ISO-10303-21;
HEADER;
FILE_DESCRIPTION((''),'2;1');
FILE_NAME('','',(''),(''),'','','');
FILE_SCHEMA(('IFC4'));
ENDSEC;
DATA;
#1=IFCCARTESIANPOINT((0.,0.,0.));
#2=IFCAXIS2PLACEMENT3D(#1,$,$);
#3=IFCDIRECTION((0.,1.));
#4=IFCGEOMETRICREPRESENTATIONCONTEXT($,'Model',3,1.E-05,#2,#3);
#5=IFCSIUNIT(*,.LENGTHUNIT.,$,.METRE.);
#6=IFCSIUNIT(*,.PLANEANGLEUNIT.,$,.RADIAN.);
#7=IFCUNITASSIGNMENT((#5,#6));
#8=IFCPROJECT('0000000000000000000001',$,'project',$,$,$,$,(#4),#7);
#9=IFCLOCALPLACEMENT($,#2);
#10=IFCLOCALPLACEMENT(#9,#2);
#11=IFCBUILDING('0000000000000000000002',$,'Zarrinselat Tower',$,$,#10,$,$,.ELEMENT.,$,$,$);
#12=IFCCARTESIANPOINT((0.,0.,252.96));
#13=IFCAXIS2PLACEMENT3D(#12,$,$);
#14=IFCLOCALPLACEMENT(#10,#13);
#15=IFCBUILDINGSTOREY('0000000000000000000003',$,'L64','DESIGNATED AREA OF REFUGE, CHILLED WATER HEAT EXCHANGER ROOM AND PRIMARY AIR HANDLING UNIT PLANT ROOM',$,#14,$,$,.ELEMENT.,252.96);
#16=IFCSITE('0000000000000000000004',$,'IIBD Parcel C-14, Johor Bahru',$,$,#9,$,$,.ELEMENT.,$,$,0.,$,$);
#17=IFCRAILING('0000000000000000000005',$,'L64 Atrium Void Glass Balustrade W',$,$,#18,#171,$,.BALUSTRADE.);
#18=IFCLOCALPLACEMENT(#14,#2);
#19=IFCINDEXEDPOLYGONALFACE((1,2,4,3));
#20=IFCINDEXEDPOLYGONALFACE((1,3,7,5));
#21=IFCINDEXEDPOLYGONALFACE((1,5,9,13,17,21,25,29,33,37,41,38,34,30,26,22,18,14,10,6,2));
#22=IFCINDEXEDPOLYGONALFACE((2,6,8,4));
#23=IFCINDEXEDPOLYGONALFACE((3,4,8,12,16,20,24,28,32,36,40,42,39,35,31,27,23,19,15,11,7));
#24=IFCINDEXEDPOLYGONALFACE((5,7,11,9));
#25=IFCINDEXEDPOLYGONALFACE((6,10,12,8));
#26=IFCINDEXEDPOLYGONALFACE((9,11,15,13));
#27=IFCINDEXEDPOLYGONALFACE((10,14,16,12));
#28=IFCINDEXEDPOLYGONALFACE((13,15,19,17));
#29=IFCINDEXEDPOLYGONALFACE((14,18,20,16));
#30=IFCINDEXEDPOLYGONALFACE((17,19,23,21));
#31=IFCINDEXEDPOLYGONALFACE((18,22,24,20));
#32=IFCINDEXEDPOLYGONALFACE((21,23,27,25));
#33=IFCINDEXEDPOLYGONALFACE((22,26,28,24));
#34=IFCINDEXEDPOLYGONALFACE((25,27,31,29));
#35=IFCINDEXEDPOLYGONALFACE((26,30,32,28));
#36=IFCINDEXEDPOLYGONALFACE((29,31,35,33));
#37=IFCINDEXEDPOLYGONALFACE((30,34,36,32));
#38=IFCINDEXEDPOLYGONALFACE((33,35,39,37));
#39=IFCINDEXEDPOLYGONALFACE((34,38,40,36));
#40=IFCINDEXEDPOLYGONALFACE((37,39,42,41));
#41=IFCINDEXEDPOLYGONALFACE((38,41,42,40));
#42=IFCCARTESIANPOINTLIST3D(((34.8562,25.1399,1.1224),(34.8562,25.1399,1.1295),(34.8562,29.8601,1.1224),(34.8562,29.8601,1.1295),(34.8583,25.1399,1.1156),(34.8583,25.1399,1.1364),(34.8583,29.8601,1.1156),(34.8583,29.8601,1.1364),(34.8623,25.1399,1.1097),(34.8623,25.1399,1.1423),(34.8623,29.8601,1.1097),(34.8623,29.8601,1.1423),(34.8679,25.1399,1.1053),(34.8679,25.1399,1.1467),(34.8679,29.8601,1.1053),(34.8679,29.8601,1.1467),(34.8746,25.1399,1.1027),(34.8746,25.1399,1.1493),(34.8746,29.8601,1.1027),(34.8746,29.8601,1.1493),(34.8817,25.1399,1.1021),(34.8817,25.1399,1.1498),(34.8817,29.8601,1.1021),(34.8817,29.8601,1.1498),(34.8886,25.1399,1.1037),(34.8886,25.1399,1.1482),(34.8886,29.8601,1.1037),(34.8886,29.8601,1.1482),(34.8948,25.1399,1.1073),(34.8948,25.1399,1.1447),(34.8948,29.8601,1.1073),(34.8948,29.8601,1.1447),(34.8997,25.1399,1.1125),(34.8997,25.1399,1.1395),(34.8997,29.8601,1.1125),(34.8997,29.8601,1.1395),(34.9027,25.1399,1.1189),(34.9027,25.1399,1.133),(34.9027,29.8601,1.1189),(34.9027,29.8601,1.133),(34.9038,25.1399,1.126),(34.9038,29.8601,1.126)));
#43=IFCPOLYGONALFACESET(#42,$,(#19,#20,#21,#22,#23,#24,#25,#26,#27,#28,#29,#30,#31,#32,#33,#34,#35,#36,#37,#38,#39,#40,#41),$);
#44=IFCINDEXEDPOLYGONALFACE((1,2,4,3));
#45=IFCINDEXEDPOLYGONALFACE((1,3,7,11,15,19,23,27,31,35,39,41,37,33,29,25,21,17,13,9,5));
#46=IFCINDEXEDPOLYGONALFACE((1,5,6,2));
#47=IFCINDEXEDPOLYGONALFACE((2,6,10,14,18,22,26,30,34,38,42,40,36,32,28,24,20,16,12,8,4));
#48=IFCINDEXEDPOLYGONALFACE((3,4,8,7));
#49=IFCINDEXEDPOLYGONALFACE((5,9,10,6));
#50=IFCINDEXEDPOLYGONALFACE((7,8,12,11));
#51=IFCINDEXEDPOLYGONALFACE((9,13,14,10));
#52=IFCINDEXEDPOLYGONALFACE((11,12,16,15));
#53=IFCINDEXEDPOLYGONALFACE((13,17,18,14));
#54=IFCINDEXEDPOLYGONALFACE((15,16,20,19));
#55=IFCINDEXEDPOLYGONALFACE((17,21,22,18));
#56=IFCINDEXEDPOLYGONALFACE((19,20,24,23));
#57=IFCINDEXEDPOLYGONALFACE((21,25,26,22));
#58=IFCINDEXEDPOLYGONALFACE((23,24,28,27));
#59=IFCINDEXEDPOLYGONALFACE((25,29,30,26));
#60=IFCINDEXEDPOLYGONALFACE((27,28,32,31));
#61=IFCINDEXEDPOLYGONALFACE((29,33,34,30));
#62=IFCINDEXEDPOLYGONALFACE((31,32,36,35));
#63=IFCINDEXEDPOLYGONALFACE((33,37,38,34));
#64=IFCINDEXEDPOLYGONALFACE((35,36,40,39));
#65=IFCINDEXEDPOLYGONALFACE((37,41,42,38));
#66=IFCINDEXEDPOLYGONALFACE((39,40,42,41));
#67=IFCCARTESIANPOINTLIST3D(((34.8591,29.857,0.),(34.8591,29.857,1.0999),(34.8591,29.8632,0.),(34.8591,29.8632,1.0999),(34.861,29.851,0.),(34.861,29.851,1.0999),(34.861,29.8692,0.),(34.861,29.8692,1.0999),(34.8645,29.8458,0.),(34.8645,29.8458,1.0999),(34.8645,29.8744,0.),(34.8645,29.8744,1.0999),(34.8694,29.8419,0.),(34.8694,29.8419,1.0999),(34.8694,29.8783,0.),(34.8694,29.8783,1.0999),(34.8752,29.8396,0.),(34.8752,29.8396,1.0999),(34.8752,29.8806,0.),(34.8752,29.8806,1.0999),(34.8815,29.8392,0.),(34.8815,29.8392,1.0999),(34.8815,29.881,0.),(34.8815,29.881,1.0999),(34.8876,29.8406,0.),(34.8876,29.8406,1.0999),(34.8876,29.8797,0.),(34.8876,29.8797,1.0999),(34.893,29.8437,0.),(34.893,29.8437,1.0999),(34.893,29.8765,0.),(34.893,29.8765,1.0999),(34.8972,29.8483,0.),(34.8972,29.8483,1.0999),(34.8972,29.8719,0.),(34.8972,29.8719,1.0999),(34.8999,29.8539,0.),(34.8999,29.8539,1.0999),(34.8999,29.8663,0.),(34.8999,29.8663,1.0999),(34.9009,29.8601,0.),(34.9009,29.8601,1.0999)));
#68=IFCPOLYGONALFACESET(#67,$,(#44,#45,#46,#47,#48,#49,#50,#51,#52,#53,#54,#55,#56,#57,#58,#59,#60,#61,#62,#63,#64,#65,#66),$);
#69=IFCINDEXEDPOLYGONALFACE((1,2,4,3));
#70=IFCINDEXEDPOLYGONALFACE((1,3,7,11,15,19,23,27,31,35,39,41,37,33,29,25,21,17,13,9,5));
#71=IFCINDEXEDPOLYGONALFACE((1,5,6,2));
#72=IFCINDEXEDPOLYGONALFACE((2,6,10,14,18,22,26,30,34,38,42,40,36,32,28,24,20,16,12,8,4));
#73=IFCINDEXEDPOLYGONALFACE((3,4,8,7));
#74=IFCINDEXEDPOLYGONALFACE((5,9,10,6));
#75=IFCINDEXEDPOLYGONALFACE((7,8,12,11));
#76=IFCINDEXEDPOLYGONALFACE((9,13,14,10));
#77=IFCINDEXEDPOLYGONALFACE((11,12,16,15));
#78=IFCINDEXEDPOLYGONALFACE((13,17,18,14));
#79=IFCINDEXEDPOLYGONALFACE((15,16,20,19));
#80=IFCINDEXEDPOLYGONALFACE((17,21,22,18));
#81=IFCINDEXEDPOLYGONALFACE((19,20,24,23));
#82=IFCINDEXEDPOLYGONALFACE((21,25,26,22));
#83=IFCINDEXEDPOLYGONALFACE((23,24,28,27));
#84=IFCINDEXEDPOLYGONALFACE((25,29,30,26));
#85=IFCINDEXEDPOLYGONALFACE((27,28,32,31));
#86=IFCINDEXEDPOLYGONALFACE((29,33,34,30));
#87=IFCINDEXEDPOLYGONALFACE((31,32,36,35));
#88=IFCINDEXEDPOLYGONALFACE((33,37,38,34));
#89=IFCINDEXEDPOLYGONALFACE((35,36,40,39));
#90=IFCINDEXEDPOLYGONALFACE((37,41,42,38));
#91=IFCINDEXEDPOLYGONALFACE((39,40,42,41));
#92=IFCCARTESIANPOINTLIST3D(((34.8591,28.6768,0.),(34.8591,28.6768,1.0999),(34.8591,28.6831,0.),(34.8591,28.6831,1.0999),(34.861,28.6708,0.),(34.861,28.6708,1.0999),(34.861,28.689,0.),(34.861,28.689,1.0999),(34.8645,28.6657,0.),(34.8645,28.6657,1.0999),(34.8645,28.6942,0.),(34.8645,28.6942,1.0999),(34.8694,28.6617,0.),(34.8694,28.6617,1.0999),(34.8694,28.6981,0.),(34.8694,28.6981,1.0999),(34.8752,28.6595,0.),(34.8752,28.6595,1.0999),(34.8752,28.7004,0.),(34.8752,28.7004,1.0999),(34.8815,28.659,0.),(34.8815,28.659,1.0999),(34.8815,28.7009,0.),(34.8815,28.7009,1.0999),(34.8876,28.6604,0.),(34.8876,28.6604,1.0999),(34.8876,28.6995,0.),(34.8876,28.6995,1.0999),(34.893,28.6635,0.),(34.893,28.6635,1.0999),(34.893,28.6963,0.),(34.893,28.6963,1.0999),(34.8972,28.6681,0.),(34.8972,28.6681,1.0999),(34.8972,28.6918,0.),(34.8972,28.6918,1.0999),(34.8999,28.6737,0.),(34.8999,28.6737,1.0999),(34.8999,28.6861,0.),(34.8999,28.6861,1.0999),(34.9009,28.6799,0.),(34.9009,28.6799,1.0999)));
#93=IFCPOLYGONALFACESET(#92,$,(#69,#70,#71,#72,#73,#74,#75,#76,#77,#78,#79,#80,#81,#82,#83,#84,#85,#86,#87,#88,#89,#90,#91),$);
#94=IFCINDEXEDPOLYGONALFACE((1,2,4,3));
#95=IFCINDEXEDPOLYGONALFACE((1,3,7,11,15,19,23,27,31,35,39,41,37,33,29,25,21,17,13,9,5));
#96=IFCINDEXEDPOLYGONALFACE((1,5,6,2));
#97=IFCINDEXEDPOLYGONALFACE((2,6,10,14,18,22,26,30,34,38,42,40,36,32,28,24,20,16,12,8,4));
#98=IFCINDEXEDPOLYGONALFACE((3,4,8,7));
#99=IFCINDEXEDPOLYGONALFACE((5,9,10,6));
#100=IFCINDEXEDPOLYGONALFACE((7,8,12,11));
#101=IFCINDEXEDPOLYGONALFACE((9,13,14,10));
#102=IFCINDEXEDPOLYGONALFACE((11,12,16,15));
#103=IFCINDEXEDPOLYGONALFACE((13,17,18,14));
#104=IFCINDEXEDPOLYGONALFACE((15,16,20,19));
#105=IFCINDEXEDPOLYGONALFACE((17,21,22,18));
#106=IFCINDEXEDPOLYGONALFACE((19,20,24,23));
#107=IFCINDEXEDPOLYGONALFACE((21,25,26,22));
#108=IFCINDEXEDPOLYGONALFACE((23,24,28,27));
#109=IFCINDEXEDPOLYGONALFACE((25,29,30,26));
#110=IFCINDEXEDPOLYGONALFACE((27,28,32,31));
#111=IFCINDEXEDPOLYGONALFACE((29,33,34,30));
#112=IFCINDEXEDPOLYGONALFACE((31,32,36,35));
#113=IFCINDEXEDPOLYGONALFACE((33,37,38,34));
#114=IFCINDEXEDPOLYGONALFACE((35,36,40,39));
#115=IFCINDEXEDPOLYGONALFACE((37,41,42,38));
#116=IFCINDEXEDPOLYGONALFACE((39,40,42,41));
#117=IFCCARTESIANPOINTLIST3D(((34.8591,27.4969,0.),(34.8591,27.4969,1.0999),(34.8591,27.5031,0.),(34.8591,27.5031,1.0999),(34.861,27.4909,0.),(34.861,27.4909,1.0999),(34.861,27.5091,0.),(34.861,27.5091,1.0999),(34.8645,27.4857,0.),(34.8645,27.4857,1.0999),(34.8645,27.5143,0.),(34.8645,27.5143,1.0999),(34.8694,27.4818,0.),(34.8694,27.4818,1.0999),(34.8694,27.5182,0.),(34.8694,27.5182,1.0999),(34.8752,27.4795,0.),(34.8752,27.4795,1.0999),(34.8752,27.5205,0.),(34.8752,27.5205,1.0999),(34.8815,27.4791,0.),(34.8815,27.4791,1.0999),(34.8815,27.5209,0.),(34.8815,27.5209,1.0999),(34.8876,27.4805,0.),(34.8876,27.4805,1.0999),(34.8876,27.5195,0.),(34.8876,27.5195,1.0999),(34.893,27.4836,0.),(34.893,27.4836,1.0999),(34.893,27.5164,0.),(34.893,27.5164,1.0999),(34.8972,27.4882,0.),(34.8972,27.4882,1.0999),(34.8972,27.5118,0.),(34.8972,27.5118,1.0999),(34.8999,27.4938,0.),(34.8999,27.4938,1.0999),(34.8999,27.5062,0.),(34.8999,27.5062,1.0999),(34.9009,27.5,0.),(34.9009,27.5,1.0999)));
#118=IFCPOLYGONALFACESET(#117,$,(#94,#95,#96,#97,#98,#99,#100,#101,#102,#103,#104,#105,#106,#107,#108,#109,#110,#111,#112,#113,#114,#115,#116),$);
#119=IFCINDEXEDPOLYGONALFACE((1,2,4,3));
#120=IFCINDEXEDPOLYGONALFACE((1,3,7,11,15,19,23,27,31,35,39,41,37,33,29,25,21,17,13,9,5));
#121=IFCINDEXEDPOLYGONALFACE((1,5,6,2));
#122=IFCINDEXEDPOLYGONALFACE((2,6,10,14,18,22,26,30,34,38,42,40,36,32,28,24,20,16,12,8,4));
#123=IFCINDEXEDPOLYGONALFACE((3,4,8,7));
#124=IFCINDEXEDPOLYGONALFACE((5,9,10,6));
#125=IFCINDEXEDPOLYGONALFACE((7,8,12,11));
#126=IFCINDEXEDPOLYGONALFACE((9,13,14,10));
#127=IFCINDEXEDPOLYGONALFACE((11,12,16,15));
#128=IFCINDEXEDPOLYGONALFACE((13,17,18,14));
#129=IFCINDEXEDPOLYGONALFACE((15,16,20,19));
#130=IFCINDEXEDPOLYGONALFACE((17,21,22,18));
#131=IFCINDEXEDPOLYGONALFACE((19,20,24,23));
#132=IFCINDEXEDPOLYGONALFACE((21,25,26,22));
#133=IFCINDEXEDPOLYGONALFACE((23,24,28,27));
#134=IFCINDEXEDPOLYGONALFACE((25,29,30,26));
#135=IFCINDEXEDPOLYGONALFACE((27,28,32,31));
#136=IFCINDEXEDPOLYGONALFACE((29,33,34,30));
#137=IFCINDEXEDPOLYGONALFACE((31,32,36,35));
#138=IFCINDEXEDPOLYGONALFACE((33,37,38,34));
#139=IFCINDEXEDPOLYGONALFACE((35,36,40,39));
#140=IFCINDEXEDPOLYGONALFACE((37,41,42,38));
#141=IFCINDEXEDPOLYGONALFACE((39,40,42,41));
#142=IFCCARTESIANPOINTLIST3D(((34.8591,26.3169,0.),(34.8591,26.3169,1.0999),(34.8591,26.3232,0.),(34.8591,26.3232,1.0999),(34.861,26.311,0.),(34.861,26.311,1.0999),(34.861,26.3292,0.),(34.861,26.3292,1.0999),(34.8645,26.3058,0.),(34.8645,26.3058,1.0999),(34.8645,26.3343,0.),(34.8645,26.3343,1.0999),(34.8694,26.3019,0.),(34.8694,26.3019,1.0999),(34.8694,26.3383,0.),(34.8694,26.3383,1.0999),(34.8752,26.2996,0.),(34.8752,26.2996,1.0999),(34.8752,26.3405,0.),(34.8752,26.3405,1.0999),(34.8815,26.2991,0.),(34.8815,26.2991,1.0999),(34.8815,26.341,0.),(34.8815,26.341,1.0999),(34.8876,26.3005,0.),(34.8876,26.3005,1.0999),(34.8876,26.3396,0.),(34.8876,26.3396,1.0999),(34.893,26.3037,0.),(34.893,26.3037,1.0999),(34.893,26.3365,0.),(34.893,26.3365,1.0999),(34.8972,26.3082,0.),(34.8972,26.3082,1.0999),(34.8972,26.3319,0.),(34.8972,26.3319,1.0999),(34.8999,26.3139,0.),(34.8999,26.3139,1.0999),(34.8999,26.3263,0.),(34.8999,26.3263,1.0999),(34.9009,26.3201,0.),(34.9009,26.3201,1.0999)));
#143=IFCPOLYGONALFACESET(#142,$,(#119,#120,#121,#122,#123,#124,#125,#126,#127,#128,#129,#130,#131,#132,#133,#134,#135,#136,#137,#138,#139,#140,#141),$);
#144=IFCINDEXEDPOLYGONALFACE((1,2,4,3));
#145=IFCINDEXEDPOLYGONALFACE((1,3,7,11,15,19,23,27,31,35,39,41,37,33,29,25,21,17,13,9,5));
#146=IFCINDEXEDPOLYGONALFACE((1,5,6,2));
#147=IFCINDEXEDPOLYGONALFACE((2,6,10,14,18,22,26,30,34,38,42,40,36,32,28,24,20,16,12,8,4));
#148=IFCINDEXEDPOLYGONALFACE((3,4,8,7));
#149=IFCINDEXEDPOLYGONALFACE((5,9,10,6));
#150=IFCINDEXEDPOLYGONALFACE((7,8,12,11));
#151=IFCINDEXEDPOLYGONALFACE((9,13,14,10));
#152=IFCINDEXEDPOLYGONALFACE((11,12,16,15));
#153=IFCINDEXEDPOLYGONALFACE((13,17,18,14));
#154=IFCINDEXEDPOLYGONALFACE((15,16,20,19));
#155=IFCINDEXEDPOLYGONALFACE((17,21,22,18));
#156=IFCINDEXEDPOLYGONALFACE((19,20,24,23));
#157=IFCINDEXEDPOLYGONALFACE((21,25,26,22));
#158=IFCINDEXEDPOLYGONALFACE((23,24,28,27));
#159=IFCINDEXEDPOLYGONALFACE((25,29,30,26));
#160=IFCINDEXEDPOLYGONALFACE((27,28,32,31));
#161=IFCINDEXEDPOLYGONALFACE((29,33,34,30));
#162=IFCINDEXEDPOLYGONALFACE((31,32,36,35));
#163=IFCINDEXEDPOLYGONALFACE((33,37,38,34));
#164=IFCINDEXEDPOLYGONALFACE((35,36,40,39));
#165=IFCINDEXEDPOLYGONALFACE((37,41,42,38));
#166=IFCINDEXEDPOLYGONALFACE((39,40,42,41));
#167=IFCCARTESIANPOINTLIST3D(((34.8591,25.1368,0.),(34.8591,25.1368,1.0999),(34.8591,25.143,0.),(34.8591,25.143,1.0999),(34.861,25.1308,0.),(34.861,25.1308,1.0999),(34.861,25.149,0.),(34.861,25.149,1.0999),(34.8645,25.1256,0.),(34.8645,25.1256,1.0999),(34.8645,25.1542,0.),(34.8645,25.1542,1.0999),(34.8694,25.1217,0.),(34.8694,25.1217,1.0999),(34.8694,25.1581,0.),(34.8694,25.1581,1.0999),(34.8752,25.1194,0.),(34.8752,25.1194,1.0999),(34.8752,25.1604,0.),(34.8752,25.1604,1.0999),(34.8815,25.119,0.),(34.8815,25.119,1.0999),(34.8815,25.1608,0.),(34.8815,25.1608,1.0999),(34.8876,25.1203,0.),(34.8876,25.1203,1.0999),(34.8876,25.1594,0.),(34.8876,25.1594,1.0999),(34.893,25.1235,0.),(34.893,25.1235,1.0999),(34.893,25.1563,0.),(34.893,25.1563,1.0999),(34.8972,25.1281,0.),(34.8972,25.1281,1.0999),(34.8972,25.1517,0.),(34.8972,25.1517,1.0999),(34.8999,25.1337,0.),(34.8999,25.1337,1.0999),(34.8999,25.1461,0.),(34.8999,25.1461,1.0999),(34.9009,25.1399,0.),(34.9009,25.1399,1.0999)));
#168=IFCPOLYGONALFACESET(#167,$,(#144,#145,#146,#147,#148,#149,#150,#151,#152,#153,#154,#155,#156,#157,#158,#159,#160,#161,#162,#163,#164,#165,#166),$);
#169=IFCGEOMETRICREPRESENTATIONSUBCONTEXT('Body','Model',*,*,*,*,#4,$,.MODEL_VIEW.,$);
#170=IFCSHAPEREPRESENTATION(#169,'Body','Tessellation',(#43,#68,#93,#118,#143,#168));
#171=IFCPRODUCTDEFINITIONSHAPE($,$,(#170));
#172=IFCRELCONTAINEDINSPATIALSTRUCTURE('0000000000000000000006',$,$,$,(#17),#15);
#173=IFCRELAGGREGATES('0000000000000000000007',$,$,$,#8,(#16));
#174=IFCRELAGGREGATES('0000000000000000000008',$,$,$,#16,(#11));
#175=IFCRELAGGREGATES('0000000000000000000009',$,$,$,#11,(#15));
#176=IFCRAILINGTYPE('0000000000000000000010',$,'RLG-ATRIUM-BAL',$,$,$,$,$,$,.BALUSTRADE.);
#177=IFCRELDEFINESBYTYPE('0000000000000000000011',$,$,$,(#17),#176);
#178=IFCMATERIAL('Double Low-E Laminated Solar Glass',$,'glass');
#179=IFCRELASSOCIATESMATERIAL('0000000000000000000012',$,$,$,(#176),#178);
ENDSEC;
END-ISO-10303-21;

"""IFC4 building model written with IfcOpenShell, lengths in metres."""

from ifc_helpers import new_model, si_unit, direction, frame, origin, origin_2d, place, context, subcontext, project, spatial, circle, extrude, material, type_object, element, save


model = new_model("IFC4")

# Units and contexts
model_context = context("Model", 3, precision=1e-05, world=origin(), true_north=direction((0.0, 1.0)))
body_context = subcontext(model_context, "Body", "Model", "MODEL_VIEW")
ifc_project = project(units=[si_unit("LENGTHUNIT", "METRE"), si_unit("PLANEANGLEUNIT", "RADIAN")], contexts=[model_context])

# Site, building, storey
site_placement = place(None, origin())
site = spatial("IfcSite", under=ifc_project, at=site_placement, Name="IIBD Parcel C-14, Johor Bahru", CompositionType="ELEMENT", RefElevation=0.0)
building_placement = place(site_placement, origin())
building = spatial("IfcBuilding", under=site, at=building_placement, Name="Zarrinselat Tower", CompositionType="ELEMENT")
storey_placement = place(building_placement, frame((0.0, 0.0, 252.96)))
storey = spatial("IfcBuildingStorey", under=building, at=storey_placement, Name="L64", Description="DESIGNATED AREA OF REFUGE, CHILLED WATER HEAT EXCHANGER ROOM AND PRIMARY AIR HANDLING UNIT PLANT ROOM", CompositionType="ELEMENT", Elevation=252.96)

# Railing
ifc_material_1 = material(Name="Double Low-E Laminated Solar Glass", Category="glass")
railing_type_1 = type_object("IfcRailingType", Name="RLG-ATRIUM-BAL", PredefinedType="BALUSTRADE", material=ifc_material_1)
railing_1_placement = place(storey_placement, frame((34.8799, 29.8601, 0.0)))
element("IfcRailing", 1, at=railing_1_placement, inside=storey, type_object=railing_type_1, Name="L64 Atrium Void Glass Balustrade W", PredefinedType="BALUSTRADE", context=body_context, shape_type="SweptSolid", body=[
    extrude(circle(Radius=0.0239, at=origin_2d()), frame((0.0, 0.0, 1.126), z_axis=(0.0, -1.0, 0.0), x_axis=(1.0, 0.0, 0.0)), (0.0, 0.0, 1.0), 4.7202),
    extrude(circle(Radius=0.021, at=origin_2d()), origin(), (0.0, 0.0, 1.0), 1.0999),
    extrude(circle(Radius=0.021, at=origin_2d()), frame((0.0, -1.1802, 0.0)), (0.0, 0.0, 1.0), 1.0999),
    extrude(circle(Radius=0.021, at=origin_2d()), frame((0.0, -2.3601, 0.0)), (0.0, 0.0, 1.0), 1.0999),
    extrude(circle(Radius=0.021, at=origin_2d()), frame((0.0, -3.54, 0.0)), (0.0, 0.0, 1.0), 1.0999),
    extrude(circle(Radius=0.021, at=origin_2d()), frame((0.0, -4.7202, 0.0)), (0.0, 0.0, 1.0), 1.0999),
])

save(model, "model.ifc")
